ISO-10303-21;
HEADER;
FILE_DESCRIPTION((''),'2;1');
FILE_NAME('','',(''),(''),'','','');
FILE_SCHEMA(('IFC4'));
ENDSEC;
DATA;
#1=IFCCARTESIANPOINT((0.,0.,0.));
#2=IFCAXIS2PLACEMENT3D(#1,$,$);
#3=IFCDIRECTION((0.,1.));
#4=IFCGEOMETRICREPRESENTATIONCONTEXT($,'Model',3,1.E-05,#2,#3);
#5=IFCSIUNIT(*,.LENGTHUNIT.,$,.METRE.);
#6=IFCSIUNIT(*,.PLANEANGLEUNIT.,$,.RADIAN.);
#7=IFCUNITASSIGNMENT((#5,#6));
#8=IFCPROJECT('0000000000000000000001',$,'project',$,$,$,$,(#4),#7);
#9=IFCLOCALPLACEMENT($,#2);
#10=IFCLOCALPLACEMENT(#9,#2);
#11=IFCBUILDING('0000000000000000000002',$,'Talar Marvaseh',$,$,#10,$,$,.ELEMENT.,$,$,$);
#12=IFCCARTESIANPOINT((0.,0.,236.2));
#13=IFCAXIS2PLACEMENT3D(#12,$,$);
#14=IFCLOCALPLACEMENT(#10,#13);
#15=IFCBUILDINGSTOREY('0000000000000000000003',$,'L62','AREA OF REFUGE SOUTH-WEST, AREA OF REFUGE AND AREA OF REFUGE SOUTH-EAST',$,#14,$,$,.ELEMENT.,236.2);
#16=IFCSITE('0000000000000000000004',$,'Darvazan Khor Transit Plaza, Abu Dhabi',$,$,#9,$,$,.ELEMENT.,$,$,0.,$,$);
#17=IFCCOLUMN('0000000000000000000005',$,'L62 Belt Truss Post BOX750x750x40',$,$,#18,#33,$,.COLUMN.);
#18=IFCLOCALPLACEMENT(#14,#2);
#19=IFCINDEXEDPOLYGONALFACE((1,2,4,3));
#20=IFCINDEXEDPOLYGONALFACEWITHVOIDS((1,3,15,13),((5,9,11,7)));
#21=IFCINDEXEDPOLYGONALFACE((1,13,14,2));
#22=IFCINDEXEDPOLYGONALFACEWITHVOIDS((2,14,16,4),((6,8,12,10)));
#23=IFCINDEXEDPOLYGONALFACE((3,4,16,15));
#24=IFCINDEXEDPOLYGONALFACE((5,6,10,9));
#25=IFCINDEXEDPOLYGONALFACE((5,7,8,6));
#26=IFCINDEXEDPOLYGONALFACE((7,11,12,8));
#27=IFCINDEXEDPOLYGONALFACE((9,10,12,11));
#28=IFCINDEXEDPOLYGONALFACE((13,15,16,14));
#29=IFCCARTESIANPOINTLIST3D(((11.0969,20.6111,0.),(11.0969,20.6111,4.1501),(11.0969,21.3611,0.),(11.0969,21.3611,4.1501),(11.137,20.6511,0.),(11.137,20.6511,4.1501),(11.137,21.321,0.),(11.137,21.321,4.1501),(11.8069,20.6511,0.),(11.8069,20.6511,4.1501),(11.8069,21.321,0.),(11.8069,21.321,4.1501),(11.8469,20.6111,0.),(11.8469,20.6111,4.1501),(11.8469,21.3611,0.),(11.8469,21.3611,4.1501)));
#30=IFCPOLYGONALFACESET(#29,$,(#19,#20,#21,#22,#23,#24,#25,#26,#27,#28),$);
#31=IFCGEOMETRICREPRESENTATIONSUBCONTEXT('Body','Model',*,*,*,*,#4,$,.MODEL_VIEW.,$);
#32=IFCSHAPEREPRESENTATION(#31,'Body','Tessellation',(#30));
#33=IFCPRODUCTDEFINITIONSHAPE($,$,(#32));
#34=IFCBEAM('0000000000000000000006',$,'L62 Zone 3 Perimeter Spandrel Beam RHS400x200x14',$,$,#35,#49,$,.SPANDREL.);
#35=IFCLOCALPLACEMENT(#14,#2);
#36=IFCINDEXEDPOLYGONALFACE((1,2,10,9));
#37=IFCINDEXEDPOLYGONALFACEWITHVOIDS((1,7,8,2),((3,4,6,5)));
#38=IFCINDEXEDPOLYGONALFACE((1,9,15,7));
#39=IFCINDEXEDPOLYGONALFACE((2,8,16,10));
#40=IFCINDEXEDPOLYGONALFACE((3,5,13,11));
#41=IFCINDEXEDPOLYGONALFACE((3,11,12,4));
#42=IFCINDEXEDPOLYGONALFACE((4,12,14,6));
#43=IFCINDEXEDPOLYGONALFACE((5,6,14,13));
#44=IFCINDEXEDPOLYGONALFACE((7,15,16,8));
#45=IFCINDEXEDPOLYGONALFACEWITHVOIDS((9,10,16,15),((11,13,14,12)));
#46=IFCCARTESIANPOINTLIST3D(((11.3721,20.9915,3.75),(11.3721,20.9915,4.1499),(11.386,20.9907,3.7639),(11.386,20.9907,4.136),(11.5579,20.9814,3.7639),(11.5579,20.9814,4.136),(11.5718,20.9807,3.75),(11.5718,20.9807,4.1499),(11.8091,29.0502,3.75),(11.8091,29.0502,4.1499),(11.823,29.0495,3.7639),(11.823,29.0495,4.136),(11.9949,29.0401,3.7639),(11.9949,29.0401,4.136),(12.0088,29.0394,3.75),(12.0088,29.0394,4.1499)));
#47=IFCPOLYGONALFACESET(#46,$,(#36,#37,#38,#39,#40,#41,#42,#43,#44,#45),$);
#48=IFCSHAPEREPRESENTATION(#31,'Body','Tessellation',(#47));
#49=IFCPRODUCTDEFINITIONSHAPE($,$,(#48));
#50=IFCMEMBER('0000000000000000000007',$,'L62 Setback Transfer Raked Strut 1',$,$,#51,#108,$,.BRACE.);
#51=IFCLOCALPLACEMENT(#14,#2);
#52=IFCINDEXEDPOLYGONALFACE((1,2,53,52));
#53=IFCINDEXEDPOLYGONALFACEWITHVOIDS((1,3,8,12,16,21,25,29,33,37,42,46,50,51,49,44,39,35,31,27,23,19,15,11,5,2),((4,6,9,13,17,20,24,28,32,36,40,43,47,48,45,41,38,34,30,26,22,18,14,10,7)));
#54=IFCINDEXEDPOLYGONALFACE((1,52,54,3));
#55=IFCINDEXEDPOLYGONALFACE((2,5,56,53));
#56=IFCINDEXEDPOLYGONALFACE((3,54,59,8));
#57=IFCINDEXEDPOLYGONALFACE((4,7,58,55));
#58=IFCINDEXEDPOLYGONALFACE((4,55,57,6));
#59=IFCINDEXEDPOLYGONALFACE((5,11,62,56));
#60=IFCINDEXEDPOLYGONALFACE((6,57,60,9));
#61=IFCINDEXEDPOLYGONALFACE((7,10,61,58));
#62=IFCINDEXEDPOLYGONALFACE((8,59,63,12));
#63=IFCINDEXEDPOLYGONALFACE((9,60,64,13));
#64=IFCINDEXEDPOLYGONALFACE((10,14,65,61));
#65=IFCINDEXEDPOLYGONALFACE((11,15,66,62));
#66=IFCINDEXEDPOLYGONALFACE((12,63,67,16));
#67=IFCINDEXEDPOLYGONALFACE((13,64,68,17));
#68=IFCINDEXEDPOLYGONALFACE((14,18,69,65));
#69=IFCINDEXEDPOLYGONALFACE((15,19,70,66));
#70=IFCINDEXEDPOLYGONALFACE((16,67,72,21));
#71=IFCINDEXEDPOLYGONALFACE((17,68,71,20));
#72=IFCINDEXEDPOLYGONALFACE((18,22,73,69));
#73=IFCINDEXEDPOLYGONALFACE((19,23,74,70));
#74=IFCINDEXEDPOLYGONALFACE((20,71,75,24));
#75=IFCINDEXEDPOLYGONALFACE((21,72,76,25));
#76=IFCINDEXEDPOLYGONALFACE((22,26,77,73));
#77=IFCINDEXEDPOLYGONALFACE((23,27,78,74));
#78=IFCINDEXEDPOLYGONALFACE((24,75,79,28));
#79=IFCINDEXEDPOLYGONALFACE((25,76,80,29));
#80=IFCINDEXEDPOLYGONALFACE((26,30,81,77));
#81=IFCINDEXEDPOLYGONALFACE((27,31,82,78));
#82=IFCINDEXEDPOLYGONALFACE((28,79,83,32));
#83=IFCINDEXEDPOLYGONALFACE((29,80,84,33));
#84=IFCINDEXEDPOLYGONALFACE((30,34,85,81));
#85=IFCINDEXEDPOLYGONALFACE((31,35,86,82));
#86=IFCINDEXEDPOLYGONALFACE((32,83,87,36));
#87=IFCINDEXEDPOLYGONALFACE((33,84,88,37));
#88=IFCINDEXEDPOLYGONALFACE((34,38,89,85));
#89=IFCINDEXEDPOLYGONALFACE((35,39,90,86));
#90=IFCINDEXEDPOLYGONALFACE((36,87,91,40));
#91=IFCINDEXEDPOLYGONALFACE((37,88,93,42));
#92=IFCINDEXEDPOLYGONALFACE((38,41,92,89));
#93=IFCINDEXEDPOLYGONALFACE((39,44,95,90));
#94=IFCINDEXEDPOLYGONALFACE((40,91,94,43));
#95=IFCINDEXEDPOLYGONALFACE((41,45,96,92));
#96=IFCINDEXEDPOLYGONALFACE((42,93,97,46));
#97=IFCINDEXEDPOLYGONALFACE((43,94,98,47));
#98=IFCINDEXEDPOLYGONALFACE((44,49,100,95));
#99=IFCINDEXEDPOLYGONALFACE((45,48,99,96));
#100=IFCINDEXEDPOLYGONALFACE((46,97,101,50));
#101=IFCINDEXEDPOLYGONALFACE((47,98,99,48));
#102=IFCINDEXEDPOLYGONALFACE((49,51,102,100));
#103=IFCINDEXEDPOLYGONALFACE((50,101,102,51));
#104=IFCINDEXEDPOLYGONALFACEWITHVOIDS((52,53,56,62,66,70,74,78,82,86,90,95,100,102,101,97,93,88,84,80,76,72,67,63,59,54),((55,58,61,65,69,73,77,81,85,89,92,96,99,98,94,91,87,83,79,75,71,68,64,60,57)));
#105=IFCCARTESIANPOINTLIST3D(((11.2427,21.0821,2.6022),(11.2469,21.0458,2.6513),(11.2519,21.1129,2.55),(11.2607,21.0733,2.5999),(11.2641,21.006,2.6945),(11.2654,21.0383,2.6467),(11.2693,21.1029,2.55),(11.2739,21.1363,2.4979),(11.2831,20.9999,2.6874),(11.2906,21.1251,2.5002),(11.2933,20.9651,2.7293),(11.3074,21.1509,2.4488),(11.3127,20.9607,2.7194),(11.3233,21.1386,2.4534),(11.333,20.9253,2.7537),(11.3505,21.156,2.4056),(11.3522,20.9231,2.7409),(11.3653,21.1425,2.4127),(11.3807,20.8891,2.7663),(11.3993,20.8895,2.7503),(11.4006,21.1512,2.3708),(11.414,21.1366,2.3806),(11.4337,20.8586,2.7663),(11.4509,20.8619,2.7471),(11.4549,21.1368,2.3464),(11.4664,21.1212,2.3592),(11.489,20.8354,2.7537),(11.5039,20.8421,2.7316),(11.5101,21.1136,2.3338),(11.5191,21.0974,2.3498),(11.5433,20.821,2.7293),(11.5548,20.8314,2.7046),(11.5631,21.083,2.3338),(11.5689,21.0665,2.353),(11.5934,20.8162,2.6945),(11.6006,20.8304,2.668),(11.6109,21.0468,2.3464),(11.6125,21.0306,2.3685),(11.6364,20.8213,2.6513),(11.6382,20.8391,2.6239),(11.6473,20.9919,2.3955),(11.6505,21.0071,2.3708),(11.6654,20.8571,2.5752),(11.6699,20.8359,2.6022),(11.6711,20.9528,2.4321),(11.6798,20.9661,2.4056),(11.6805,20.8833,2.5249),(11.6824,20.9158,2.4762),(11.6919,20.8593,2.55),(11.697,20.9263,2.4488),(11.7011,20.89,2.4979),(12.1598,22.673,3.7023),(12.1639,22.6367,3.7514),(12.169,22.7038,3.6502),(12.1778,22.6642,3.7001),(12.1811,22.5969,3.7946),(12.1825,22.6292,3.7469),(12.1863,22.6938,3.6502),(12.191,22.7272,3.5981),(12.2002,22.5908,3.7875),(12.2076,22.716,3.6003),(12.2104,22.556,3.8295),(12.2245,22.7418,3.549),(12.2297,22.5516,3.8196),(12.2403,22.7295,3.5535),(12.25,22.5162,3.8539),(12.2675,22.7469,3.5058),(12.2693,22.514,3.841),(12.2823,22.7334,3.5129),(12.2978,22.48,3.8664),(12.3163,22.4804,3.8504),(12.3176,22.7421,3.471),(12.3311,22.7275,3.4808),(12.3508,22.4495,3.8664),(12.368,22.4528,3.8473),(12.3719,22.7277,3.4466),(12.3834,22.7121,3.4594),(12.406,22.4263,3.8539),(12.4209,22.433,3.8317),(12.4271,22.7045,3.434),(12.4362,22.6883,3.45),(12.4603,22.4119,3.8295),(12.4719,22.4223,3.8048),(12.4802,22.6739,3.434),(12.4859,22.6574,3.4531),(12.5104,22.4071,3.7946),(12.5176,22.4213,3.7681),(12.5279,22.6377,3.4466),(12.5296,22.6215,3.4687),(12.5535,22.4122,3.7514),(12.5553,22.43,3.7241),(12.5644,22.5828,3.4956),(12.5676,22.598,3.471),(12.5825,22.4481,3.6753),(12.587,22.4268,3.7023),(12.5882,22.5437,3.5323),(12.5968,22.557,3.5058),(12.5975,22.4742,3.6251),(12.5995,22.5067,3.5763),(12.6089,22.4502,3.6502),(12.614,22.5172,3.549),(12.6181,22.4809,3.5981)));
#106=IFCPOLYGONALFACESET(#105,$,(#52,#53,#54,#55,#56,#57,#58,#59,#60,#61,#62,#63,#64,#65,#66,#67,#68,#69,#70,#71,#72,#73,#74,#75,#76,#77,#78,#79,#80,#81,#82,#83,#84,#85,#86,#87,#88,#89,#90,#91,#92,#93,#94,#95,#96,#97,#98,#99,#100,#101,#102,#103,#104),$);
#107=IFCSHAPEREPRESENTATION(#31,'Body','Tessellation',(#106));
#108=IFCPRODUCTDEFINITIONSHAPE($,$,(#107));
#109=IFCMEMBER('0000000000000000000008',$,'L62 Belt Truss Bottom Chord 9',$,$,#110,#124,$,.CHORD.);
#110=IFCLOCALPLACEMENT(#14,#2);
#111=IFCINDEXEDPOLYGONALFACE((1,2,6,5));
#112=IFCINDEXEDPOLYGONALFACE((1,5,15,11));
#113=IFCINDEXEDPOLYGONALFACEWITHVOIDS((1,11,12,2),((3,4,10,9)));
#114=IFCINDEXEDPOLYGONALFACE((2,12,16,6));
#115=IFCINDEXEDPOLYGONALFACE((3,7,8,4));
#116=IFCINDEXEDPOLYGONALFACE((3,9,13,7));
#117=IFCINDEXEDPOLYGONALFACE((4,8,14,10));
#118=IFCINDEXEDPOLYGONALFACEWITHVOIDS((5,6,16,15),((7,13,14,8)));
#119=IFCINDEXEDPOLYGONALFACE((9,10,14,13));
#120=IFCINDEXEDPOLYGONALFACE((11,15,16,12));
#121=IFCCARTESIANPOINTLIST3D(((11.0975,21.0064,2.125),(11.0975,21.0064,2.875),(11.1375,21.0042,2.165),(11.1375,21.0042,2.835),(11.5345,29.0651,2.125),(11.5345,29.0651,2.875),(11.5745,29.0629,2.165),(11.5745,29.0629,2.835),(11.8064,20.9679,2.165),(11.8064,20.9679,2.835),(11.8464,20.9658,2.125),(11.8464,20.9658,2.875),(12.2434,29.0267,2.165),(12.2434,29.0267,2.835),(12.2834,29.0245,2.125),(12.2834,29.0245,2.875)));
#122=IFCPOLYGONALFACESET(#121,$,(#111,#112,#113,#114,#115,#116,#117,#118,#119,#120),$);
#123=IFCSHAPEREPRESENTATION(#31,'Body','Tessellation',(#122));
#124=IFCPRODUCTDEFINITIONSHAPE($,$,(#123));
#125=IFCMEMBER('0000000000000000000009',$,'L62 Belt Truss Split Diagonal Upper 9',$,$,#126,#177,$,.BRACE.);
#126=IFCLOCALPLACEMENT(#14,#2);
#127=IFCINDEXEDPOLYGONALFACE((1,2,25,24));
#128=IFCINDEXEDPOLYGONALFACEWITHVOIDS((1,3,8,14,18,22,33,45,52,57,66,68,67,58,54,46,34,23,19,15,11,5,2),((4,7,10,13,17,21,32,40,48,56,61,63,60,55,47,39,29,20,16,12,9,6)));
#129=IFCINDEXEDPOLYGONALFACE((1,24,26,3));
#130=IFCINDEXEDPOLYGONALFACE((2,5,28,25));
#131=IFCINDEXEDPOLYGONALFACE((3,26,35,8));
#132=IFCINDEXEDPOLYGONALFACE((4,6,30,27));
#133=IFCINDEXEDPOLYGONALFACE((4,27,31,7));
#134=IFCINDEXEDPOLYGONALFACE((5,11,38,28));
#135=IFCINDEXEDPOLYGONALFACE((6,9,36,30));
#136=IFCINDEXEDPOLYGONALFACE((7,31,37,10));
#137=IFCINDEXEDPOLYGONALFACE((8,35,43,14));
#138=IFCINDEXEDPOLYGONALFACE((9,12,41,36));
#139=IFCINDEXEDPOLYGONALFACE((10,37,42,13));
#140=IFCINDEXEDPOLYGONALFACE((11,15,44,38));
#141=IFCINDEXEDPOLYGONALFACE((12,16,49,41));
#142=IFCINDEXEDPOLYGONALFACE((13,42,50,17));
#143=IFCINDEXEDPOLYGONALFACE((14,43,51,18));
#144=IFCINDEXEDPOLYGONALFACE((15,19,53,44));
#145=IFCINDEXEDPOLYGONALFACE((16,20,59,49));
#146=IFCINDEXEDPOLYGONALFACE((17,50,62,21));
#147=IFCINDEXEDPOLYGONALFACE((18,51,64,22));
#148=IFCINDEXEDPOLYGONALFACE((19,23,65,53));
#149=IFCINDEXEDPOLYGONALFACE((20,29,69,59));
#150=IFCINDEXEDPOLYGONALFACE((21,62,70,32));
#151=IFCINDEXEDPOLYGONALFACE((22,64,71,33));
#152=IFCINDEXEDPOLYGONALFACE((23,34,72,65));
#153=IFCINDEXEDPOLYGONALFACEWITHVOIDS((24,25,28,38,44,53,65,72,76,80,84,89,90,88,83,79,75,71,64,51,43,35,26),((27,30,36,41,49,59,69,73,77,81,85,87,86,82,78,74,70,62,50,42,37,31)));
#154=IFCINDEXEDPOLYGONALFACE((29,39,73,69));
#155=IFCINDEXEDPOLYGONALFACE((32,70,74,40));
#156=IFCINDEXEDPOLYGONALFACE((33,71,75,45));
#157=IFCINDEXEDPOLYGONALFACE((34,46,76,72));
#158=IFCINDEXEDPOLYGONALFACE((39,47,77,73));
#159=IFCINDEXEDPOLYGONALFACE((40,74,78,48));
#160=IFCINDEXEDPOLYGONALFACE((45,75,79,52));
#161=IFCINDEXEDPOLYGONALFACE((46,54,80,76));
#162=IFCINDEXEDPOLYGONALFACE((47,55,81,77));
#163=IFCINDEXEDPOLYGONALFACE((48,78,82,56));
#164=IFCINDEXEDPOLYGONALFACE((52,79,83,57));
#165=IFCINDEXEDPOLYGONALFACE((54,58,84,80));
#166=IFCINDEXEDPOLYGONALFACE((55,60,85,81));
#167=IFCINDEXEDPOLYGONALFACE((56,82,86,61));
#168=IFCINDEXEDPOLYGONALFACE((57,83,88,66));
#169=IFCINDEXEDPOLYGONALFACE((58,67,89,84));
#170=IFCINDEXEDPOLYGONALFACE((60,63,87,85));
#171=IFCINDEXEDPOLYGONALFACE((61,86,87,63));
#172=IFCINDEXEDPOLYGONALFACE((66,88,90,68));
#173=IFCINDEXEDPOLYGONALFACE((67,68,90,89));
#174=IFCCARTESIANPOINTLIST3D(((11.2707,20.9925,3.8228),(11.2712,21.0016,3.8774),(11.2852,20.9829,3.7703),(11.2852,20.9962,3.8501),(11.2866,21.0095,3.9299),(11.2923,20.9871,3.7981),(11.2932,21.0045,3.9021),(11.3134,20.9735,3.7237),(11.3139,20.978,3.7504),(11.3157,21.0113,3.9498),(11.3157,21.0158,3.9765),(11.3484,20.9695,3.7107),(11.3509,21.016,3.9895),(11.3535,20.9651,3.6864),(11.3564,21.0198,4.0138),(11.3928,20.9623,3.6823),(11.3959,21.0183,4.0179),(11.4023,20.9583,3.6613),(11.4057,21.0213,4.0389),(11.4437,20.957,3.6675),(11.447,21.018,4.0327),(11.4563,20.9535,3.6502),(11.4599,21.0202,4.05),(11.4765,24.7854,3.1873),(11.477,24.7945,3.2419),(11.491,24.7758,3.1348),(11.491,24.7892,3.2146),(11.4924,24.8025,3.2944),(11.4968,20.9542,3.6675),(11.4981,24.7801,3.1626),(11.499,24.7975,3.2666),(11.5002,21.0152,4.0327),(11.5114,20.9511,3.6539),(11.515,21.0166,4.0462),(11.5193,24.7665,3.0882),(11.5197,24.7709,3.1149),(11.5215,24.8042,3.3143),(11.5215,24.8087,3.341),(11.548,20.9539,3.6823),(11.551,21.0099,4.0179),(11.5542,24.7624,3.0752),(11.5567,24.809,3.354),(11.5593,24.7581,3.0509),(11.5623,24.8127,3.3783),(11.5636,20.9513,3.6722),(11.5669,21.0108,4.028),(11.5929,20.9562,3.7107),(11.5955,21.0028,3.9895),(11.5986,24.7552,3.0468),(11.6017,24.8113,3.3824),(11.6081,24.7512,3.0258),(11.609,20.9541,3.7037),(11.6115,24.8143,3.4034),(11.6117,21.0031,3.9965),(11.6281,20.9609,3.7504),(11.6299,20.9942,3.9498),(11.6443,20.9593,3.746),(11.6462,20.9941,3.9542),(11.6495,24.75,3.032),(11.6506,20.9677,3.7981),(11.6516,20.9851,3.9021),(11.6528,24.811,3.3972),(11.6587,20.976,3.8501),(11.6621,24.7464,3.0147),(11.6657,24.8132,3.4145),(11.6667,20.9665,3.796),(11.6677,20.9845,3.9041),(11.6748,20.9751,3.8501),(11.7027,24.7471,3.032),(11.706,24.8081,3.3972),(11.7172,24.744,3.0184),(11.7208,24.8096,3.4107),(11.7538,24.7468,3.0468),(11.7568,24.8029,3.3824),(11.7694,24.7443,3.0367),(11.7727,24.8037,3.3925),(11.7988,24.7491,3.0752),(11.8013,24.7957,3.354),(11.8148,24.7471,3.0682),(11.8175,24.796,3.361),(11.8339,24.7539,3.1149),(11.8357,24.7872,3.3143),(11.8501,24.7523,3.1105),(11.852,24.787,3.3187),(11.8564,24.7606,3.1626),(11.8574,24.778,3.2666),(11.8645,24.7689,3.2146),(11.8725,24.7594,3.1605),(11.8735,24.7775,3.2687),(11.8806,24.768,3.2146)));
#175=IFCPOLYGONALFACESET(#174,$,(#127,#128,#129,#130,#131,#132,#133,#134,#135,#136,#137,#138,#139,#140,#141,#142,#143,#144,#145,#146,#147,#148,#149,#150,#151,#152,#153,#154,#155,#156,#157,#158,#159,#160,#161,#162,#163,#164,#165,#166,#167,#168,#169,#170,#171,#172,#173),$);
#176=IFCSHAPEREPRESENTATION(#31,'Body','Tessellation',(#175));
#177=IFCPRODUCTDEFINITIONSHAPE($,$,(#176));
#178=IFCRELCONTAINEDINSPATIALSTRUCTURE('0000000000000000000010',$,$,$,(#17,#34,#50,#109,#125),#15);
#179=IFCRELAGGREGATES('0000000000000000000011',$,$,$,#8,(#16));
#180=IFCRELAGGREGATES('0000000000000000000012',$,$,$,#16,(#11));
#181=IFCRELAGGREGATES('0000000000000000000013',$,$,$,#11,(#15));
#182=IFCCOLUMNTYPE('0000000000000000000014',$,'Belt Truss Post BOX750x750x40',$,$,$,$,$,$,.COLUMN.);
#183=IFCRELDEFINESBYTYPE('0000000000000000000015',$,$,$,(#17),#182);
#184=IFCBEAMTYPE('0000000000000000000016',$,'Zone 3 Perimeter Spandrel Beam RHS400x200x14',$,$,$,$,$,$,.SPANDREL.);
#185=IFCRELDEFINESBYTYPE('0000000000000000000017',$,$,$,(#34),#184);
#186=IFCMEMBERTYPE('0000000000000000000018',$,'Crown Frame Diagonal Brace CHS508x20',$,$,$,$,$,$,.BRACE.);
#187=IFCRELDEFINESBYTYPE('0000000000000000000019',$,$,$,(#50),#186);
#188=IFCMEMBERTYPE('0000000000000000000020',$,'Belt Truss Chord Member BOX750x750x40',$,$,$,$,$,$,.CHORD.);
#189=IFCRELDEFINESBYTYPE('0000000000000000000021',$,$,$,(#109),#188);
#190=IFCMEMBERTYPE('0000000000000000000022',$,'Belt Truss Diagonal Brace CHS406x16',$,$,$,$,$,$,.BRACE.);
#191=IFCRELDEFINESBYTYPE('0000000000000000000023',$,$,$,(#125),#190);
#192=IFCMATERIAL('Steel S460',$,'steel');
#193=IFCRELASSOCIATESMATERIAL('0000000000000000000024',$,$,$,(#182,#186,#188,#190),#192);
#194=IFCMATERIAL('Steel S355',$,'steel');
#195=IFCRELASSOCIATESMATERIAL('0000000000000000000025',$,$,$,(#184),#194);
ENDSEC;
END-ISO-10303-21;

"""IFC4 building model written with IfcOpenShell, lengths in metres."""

from ifc_helpers import new_model, si_unit, direction, frame, origin, origin_2d, place, context, subcontext, project, spatial, hollow_rectangle, hollow_circle, extrude, source, transform, mapped, material, material_profile, profile_set, type_object, type_shapes, element, save


model = new_model("IFC4")

# Units and contexts
model_context = context("Model", 3, precision=1e-05, world=origin(), true_north=direction((0.0, 1.0)))
body_context = subcontext(model_context, "Body", "Model", "MODEL_VIEW")
ifc_project = project(units=[si_unit("LENGTHUNIT", "METRE"), si_unit("PLANEANGLEUNIT", "RADIAN")], contexts=[model_context])

# Site, building, storey
site_placement = place(None, origin())
site = spatial("IfcSite", under=ifc_project, at=site_placement, Name="Darvazan Khor Transit Plaza, Abu Dhabi", CompositionType="ELEMENT", RefElevation=0.0)
building_placement = place(site_placement, origin())
building = spatial("IfcBuilding", under=site, at=building_placement, Name="Talar Marvaseh", CompositionType="ELEMENT")
storey_placement = place(building_placement, frame((0.0, 0.0, 236.2)))
storey = spatial("IfcBuildingStorey", under=building, at=storey_placement, Name="L62", Description="AREA OF REFUGE SOUTH-WEST, AREA OF REFUGE AND AREA OF REFUGE SOUTH-EAST", CompositionType="ELEMENT", Elevation=236.2)

# Column
ifc_material_1 = material(Name="Steel S460", Category="steel")
ifc_material_profile_1 = material_profile(ifc_material_1, hollow_rectangle(XDim=0.75, YDim=0.75, WallThickness=0.04, at=origin_2d()), Name="BOX750x750x40")
ifc_profile_set_1 = profile_set([ifc_material_profile_1], Name="Steel S460")
column_type = type_object("IfcColumnType", Name="Belt Truss Post BOX750x750x40", PredefinedType="COLUMN", material=ifc_profile_set_1)
column_placement = place(storey_placement, frame((11.4719, 20.9861, 0.0), z_axis=(0.0, 0.0, 1.0), x_axis=(1.0, 0.0, 0.0)))
element("IfcColumn", 1, at=column_placement, inside=storey, type_object=column_type, Name="L62 Belt Truss Post BOX750x750x40", PredefinedType="COLUMN", context=body_context, shape_type="SweptSolid", body=[
    extrude(hollow_rectangle(XDim=0.75, YDim=0.75, WallThickness=0.04, at=origin_2d()), origin(), (0.0, 0.0, 1.0), 4.1501),
])

# Beam
ifc_material_2 = material(Name="Steel S355", Category="steel")
ifc_material_profile_2 = material_profile(ifc_material_2, hollow_rectangle(XDim=0.2, YDim=0.3999, WallThickness=0.0139, at=origin_2d()), Name="RHS400x200x14")
ifc_profile_set_2 = profile_set([ifc_material_profile_2], Name="Steel S355")
beam_type = type_object("IfcBeamType", Name="Zone 3 Perimeter Spandrel Beam RHS400x200x14", PredefinedType="SPANDREL", material=ifc_profile_set_2)
beam_placement = place(storey_placement, frame((11.4719, 20.9861, 3.95), z_axis=(0.054148, 0.998533, 0.0), x_axis=(-0.998533, 0.054148, 0.0)))
element("IfcBeam", 2, at=beam_placement, inside=storey, type_object=beam_type, Name="L62 Zone 3 Perimeter Spandrel Beam RHS400x200x14", PredefinedType="SPANDREL", context=body_context, shape_type="SweptSolid", body=[
    extrude(hollow_rectangle(XDim=0.2, YDim=0.3999, WallThickness=0.0139, at=origin_2d()), origin(), (0.0, 0.0, 1.0), 8.0706),
])

# Members
ifc_material_profile_3 = material_profile(ifc_material_1, hollow_circle(Radius=0.2539, WallThickness=0.02, at=origin_2d()), Name="CHS508x20")
ifc_profile_set_3 = profile_set([ifc_material_profile_3], Name="Steel S460")
member_type_1 = type_object("IfcMemberType", Name="Crown Frame Diagonal Brace CHS508x20", PredefinedType="BRACE", material=ifc_profile_set_3)
shared_shape_1 = source(origin(), body_context, "Body", "SweptSolid", [
    extrude(hollow_circle(Radius=0.2539, WallThickness=0.02, at=origin_2d()), origin(), (0.0, 0.0, 1.0), 2.1406),
])
type_shapes(member_type_1, [shared_shape_1])
member_1_placement = place(storey_placement, frame((11.4719, 20.9861, 2.55), z_axis=(0.428398, 0.743196, 0.513941), x_axis=(-0.866371, 0.4994, 0.0)))
element("IfcMember", 3, at=member_1_placement, inside=storey, type_object=member_type_1, Name="L62 Setback Transfer Raked Strut 1", PredefinedType="BRACE", context=body_context, shape_type="MappedRepresentation", body=[
    mapped(shared_shape_1, transform((0.0, 0.0, 0.0), x_axis=(1.0, 0.0, 0.0), y_axis=(0.0, 1.0, 0.0), z_axis=(0.0, 0.0, 1.0), scale=1.0)),
])
ifc_material_profile_4 = material_profile(ifc_material_1, hollow_rectangle(XDim=0.75, YDim=0.75, WallThickness=0.04, at=origin_2d()), Name="BOX750x750x40")
ifc_profile_set_4 = profile_set([ifc_material_profile_4], Name="Steel S460")
member_type_2 = type_object("IfcMemberType", Name="Belt Truss Chord Member BOX750x750x40", PredefinedType="CHORD", material=ifc_profile_set_4)
shared_shape_2 = source(origin(), body_context, "Body", "SweptSolid", [
    extrude(hollow_rectangle(XDim=0.75, YDim=0.75, WallThickness=0.04, at=origin_2d()), origin(), (0.0, 0.0, 1.0), 8.0706),
])
type_shapes(member_type_2, [shared_shape_2])
member_2_placement = place(storey_placement, frame((11.4719, 20.9861, 2.5), z_axis=(0.054148, 0.998533, 0.0), x_axis=(-0.998533, 0.054148, 0.0)))
element("IfcMember", 4, at=member_2_placement, inside=storey, type_object=member_type_2, Name="L62 Belt Truss Bottom Chord 9", PredefinedType="CHORD", context=body_context, shape_type="MappedRepresentation", body=[
    mapped(shared_shape_2, transform((0.0, 0.0, 0.0), x_axis=(1.0, 0.0, 0.0), y_axis=(0.0, 1.0, 0.0), z_axis=(0.0, 0.0, 1.0), scale=1.0)),
])
ifc_material_profile_5 = material_profile(ifc_material_1, hollow_circle(Radius=0.2031, WallThickness=0.0161, at=origin_2d()), Name="CHS406x16")
ifc_profile_set_5 = profile_set([ifc_material_profile_5], Name="Steel S460")
member_type_3 = type_object("IfcMemberType", Name="Belt Truss Diagonal Brace CHS406x16", PredefinedType="BRACE", material=ifc_profile_set_5)
shared_shape_3 = source(origin(), body_context, "Body", "SweptSolid", [
    extrude(hollow_circle(Radius=0.2031, WallThickness=0.0161, at=origin_2d()), origin(), (0.0, 0.0, 1.0), 3.8513),
])
member_3_placement = place(storey_placement, frame((11.6777, 24.7791, 3.2146), z_axis=(-0.053439, -0.984844, 0.165007), x_axis=(0.998531, -0.054181, 0.0)))
element("IfcMember", 5, at=member_3_placement, inside=storey, type_object=member_type_3, Name="L62 Belt Truss Split Diagonal Upper 9", PredefinedType="BRACE", context=body_context, shape_type="MappedRepresentation", body=[
    mapped(shared_shape_3, transform((0.0, 0.0, 0.0), x_axis=(1.0, 0.0, 0.0), y_axis=(0.0, 1.0, 0.0), z_axis=(0.0, 0.0, 1.0), scale=1.0)),
])

save(model, "model.ifc")
